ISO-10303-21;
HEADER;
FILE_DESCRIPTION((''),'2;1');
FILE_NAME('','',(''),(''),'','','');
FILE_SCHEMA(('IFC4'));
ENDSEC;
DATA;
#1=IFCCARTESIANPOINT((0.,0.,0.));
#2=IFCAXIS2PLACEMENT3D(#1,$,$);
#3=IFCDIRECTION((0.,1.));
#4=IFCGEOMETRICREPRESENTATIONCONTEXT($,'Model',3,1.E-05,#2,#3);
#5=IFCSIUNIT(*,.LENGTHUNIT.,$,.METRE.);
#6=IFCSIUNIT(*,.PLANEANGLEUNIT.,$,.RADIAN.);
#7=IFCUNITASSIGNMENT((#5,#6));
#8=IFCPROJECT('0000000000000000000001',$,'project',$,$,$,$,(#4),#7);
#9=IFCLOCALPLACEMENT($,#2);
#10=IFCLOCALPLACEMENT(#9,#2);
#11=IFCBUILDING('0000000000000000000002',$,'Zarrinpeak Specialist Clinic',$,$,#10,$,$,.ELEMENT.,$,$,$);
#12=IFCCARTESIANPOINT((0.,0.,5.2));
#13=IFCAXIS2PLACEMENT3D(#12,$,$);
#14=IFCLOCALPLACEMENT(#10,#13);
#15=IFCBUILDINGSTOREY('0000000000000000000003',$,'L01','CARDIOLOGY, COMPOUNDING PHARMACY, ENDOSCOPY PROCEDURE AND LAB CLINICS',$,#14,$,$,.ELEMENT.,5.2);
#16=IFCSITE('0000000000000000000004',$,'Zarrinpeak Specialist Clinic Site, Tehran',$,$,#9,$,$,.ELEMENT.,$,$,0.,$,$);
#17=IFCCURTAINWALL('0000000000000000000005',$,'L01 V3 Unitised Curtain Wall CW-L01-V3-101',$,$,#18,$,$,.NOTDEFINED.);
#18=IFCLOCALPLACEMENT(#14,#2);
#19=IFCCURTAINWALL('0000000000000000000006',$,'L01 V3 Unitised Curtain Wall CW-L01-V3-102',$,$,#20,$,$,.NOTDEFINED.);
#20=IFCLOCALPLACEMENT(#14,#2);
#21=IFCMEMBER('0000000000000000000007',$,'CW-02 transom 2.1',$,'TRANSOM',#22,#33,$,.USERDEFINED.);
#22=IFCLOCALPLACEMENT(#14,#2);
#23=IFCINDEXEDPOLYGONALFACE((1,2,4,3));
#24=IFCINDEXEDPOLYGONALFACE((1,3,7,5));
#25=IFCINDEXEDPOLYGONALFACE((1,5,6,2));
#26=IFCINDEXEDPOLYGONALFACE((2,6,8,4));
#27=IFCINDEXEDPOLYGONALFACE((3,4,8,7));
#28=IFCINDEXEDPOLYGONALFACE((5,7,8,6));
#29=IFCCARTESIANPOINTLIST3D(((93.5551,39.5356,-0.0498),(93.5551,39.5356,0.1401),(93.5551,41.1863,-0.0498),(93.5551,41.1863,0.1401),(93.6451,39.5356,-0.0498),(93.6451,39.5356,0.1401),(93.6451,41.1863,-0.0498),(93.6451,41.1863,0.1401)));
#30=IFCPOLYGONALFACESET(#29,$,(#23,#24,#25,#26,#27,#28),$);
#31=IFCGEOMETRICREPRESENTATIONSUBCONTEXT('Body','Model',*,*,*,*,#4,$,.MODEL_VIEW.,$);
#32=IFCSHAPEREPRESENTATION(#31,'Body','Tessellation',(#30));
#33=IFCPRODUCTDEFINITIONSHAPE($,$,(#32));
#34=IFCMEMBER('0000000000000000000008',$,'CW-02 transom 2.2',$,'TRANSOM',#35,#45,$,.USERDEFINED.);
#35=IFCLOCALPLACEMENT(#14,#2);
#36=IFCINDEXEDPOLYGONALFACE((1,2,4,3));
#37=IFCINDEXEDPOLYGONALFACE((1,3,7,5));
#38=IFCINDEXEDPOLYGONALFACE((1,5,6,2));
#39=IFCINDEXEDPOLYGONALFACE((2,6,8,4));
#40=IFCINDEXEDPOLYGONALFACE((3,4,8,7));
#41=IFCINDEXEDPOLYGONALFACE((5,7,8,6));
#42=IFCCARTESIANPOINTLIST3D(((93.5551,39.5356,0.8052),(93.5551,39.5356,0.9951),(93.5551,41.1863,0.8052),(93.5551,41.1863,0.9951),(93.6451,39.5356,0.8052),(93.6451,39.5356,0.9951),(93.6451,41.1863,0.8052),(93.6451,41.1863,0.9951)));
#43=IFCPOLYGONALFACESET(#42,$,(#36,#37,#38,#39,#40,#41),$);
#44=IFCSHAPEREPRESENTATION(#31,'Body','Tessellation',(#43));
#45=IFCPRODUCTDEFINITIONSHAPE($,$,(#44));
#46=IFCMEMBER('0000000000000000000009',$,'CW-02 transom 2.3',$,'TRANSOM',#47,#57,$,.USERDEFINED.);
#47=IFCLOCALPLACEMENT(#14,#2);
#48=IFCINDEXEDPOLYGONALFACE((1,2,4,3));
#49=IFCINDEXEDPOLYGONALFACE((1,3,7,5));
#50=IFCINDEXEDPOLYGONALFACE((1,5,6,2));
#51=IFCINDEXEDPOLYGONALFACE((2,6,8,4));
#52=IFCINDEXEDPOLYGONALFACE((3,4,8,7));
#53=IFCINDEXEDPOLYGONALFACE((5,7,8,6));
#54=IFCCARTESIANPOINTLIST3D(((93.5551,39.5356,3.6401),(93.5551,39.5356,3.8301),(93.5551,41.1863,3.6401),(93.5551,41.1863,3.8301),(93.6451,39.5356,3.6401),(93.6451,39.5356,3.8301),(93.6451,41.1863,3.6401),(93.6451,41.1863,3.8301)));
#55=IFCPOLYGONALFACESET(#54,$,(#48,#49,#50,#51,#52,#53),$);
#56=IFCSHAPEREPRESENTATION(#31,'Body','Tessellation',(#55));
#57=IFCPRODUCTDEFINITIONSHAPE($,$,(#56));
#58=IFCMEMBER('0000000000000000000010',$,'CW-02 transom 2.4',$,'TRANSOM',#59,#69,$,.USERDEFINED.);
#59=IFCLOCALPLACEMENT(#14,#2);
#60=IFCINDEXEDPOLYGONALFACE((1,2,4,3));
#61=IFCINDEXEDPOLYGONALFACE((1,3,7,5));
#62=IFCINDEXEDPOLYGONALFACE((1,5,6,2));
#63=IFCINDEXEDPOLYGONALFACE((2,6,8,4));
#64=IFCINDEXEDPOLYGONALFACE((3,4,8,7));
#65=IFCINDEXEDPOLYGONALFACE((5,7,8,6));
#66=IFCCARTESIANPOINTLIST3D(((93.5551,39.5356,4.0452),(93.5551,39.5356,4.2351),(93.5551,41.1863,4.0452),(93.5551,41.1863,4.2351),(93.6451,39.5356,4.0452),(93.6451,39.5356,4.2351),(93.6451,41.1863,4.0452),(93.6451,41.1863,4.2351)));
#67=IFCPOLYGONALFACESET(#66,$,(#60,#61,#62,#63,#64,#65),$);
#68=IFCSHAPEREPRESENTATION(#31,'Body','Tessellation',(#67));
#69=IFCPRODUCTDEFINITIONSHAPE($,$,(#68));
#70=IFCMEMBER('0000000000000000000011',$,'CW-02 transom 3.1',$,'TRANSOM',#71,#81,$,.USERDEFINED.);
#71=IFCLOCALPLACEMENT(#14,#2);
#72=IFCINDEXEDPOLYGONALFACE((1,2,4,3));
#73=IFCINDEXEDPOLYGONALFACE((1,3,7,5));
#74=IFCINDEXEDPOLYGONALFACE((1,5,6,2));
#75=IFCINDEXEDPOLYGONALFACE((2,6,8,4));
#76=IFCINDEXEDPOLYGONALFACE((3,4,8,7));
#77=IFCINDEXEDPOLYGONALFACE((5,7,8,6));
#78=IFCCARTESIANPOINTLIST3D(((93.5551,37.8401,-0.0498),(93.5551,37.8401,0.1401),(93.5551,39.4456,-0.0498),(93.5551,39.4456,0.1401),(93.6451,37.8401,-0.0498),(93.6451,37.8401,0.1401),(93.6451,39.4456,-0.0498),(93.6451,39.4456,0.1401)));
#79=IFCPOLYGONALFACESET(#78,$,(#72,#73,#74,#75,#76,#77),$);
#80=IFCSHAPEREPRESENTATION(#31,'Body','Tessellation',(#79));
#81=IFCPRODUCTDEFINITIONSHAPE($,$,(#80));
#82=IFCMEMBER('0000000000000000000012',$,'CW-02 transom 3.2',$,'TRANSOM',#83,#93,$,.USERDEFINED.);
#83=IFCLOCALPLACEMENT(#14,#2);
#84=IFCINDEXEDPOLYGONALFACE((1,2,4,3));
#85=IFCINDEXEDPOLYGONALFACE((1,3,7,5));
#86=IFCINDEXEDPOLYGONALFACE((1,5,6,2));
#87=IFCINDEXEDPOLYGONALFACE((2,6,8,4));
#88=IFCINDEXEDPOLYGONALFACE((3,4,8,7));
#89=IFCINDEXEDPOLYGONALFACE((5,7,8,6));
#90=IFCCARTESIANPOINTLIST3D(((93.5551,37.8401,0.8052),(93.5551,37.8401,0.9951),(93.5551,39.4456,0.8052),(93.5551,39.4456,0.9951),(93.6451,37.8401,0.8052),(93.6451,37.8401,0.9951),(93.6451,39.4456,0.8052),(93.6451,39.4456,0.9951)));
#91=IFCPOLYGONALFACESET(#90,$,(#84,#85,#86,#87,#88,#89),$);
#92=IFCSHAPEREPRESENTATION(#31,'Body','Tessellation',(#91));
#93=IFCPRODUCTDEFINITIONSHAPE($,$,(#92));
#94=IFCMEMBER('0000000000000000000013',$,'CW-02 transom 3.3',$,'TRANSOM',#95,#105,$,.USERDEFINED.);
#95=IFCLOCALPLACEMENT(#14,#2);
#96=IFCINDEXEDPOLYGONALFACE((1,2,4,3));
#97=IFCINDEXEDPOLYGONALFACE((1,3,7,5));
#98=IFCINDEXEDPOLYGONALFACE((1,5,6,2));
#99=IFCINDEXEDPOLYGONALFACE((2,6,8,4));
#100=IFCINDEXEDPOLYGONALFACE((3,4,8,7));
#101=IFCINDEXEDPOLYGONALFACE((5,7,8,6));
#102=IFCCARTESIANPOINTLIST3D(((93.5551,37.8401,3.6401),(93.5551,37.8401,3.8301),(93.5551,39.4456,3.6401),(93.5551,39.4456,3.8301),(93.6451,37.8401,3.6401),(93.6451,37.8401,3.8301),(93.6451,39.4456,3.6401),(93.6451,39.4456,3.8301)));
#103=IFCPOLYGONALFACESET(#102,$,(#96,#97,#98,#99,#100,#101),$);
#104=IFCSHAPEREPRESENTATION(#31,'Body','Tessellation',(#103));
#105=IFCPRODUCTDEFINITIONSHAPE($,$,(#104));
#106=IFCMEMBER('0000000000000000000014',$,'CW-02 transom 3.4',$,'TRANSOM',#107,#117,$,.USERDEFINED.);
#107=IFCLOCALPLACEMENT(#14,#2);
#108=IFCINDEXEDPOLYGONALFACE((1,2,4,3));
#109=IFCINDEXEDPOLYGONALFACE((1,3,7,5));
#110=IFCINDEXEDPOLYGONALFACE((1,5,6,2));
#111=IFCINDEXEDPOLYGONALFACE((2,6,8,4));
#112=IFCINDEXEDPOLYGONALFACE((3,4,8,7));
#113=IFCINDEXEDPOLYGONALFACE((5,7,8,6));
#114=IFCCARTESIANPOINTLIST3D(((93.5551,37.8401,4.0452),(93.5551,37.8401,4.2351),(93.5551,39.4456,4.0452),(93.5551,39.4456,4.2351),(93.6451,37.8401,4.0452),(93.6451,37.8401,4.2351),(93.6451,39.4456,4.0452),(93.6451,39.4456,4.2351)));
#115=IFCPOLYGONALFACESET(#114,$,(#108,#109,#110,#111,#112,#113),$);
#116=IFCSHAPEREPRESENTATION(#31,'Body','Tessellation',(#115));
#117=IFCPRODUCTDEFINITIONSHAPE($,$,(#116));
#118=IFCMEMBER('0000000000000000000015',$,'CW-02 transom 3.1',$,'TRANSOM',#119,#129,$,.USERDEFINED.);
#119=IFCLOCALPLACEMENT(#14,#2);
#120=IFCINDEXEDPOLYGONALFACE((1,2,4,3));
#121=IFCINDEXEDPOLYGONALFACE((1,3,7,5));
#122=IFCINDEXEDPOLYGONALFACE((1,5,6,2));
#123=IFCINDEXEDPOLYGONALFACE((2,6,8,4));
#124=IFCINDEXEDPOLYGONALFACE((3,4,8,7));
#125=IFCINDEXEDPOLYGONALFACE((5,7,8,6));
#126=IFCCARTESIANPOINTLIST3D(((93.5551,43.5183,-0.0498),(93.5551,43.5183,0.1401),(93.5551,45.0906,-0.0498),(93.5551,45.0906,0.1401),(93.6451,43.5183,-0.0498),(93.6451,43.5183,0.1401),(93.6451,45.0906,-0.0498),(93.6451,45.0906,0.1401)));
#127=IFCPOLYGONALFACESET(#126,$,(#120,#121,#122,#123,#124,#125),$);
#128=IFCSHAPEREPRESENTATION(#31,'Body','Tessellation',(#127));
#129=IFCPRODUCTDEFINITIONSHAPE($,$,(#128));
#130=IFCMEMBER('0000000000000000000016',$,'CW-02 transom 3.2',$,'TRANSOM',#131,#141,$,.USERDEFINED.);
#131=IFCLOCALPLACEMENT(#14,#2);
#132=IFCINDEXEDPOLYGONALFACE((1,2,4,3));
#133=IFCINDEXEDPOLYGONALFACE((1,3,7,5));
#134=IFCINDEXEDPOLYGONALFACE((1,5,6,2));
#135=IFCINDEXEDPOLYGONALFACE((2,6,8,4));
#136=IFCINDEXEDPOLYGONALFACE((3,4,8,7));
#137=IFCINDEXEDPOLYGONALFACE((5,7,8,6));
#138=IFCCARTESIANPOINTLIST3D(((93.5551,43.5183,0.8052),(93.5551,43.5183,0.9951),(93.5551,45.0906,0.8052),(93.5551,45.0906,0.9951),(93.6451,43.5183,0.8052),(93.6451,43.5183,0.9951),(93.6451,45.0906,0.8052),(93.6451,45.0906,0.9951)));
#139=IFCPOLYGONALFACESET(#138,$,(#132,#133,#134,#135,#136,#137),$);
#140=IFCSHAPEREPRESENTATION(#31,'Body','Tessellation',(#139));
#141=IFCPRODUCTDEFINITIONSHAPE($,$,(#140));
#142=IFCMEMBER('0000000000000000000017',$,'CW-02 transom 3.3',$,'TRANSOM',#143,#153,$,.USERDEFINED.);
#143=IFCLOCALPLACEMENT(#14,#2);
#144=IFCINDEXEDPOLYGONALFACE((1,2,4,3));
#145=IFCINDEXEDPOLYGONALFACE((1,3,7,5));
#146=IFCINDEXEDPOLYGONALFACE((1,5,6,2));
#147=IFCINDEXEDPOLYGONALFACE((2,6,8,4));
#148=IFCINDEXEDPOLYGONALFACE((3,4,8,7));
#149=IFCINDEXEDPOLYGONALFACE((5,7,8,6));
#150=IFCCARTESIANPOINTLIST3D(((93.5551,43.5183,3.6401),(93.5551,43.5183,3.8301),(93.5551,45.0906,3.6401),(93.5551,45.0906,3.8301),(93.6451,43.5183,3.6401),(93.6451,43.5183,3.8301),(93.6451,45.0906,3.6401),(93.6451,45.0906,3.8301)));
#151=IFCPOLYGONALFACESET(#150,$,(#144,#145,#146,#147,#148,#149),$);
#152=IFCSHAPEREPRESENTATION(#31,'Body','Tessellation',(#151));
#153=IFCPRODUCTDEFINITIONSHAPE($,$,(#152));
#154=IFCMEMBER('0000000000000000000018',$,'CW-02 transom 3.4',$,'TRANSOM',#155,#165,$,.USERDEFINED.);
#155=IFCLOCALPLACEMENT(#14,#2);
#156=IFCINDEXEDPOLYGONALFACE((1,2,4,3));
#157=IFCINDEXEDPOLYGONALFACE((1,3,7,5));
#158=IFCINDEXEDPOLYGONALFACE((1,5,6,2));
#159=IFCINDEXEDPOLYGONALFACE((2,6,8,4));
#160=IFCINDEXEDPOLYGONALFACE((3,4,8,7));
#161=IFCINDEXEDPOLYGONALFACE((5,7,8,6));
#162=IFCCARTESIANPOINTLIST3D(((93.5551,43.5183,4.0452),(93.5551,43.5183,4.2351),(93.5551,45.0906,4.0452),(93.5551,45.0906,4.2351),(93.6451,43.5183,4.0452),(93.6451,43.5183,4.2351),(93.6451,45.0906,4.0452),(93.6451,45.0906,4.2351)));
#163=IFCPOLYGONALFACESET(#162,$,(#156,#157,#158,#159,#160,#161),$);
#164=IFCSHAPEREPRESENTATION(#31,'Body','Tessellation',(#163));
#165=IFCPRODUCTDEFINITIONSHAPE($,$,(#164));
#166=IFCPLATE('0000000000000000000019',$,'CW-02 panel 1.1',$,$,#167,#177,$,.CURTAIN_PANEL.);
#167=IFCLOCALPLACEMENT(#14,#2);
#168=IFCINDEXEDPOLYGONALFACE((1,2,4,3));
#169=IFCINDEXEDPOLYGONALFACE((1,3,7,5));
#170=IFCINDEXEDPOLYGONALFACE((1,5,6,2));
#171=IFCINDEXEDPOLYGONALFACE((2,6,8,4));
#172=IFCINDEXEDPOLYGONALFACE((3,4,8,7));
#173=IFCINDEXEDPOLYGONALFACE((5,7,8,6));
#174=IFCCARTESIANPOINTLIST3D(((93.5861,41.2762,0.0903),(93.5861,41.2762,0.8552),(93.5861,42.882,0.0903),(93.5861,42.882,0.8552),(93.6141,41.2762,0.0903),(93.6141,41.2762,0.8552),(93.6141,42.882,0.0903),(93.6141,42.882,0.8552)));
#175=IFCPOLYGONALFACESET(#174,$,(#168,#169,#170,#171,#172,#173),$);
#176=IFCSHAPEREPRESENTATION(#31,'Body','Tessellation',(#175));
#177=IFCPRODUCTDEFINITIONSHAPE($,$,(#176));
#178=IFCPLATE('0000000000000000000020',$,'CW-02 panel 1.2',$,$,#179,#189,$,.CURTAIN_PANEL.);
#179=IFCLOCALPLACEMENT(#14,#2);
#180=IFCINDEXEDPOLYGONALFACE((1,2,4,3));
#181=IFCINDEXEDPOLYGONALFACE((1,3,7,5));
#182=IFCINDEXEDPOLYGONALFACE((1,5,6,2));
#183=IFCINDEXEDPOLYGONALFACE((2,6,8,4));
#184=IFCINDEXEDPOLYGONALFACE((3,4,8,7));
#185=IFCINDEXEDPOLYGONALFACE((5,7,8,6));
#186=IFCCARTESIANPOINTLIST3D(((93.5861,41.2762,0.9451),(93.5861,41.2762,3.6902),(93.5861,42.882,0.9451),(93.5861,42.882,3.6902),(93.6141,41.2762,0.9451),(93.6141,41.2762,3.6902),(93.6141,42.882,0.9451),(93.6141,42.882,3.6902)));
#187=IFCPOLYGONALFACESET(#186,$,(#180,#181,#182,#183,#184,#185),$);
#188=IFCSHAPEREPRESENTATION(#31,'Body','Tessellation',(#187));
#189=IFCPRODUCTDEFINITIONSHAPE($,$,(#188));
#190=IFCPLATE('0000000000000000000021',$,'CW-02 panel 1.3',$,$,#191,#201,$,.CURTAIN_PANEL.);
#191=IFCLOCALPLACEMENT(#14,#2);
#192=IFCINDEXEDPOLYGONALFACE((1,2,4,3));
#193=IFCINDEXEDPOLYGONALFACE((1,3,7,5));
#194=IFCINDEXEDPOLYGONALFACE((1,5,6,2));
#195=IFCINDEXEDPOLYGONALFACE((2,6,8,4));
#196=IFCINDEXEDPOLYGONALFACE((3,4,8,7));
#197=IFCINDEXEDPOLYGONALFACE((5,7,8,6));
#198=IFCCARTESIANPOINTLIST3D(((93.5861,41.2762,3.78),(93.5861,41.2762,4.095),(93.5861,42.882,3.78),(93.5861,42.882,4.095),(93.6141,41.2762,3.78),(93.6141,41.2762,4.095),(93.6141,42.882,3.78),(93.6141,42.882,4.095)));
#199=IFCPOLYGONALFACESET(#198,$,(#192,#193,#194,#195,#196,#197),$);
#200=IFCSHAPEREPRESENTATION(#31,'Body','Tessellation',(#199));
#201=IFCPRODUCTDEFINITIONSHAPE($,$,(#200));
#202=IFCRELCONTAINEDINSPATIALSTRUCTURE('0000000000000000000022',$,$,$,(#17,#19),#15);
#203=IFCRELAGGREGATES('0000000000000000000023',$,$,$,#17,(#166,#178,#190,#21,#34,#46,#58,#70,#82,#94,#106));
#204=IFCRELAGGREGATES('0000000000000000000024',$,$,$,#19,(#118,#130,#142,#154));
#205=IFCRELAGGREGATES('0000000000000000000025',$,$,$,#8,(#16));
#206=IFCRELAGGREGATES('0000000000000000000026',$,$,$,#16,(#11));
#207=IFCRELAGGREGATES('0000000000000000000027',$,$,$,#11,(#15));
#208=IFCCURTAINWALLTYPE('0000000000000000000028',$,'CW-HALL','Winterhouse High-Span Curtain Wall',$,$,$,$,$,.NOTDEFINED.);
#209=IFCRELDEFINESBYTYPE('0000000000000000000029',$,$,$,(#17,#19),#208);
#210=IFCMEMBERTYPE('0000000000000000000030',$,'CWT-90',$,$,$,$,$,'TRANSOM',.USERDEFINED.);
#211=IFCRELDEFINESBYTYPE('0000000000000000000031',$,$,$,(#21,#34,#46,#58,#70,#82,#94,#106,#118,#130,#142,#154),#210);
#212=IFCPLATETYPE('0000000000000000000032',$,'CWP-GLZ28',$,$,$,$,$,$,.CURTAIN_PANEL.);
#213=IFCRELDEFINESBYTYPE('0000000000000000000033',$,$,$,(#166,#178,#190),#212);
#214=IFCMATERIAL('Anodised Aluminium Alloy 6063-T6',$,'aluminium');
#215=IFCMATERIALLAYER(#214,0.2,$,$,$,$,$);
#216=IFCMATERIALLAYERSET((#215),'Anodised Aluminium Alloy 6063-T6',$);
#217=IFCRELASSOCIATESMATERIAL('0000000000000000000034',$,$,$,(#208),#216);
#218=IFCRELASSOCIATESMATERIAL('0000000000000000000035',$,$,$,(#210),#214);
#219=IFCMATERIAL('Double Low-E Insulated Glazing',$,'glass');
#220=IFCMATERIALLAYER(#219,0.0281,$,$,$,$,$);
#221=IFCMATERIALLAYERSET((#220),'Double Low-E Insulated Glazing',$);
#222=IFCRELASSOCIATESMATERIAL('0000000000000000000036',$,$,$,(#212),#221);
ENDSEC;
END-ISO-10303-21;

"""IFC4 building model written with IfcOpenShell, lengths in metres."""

from ifc_helpers import new_model, si_unit, direction, frame, origin, origin_2d, place, context, subcontext, project, spatial, rectangle, extrude, material, layer, layer_set, material_profile, profile_set, type_object, element, aggregate, save


model = new_model("IFC4")

# Units and contexts
model_context = context("Model", 3, precision=1e-05, world=origin(), true_north=direction((0.0, 1.0)))
body_context = subcontext(model_context, "Body", "Model", "MODEL_VIEW")
ifc_project = project(units=[si_unit("LENGTHUNIT", "METRE"), si_unit("PLANEANGLEUNIT", "RADIAN")], contexts=[model_context])

# Site, building, storey
site_placement = place(None, origin())
site = spatial("IfcSite", under=ifc_project, at=site_placement, Name="Zarrinpeak Specialist Clinic Site, Tehran", CompositionType="ELEMENT", RefElevation=0.0)
building_placement = place(site_placement, origin())
building = spatial("IfcBuilding", under=site, at=building_placement, Name="Zarrinpeak Specialist Clinic", CompositionType="ELEMENT")
storey_placement = place(building_placement, frame((0.0, 0.0, 5.2)))
storey = spatial("IfcBuildingStorey", under=building, at=storey_placement, Name="L01", Description="CARDIOLOGY, COMPOUNDING PHARMACY, ENDOSCOPY PROCEDURE AND LAB CLINICS", CompositionType="ELEMENT", Elevation=5.2)

# Curtain walls
ifc_material_1 = material(Name="Anodised Aluminium Alloy 6063-T6", Category="aluminium")
ifc_layer_1 = layer(ifc_material_1, 0.2)
ifc_layer_set_1 = layer_set([ifc_layer_1], Name="Anodised Aluminium Alloy 6063-T6")
curtain_wall_type = type_object("IfcCurtainWallType", Name="CW-HALL", Description="Winterhouse High-Span Curtain Wall", PredefinedType="NOTDEFINED", material=ifc_layer_set_1)
curtain_wall_1_placement = place(storey_placement, origin())
curtain_wall_1 = element("IfcCurtainWall", 1, at=curtain_wall_1_placement, inside=storey, type_object=curtain_wall_type, Name="L01 V3 Unitised Curtain Wall CW-L01-V3-101", PredefinedType="NOTDEFINED")
curtain_wall_2_placement = place(storey_placement, origin())
curtain_wall_2 = element("IfcCurtainWall", 2, at=curtain_wall_2_placement, inside=storey, type_object=curtain_wall_type, Name="L01 V3 Unitised Curtain Wall CW-L01-V3-102", PredefinedType="NOTDEFINED")

# Members
ifc_material_profile_1 = material_profile(ifc_material_1, rectangle(XDim=0.0901, YDim=0.1899, at=origin_2d()), Name="ALU 90x190")
ifc_profile_set_1 = profile_set([ifc_material_profile_1], Name="Anodised Aluminium Alloy 6063-T6")
member_type_1 = type_object("IfcMemberType", Name="CWT-90", ElementType="TRANSOM", PredefinedType="USERDEFINED", material=ifc_profile_set_1)
member_1_placement = place(storey_placement, frame((93.6001, 41.1863, 0.0452), z_axis=(0.0, -1.0, 0.0), x_axis=(1.0, 0.0, 0.0)))
member_1 = element("IfcMember", 3, at=member_1_placement, type_object=member_type_1, Name="CW-02 transom 2.1", ObjectType="TRANSOM", PredefinedType="USERDEFINED", context=body_context, shape_type="SweptSolid", body=[
    extrude(rectangle(XDim=0.0901, YDim=0.1899, at=origin_2d()), origin(), (0.0, 0.0, 1.0), 1.6506),
])
member_2_placement = place(storey_placement, frame((93.6001, 41.1863, 0.9001), z_axis=(0.0, -1.0, 0.0), x_axis=(1.0, 0.0, 0.0)))
member_2 = element("IfcMember", 4, at=member_2_placement, type_object=member_type_1, Name="CW-02 transom 2.2", ObjectType="TRANSOM", PredefinedType="USERDEFINED", context=body_context, shape_type="SweptSolid", body=[
    extrude(rectangle(XDim=0.0901, YDim=0.1899, at=origin_2d()), origin(), (0.0, 0.0, 1.0), 1.6506),
])
member_3_placement = place(storey_placement, frame((93.6001, 41.1863, 3.7351), z_axis=(0.0, -1.0, 0.0), x_axis=(1.0, 0.0, 0.0)))
member_3 = element("IfcMember", 5, at=member_3_placement, type_object=member_type_1, Name="CW-02 transom 2.3", ObjectType="TRANSOM", PredefinedType="USERDEFINED", context=body_context, shape_type="SweptSolid", body=[
    extrude(rectangle(XDim=0.0901, YDim=0.1899, at=origin_2d()), origin(), (0.0, 0.0, 1.0), 1.6506),
])
member_4_placement = place(storey_placement, frame((93.6001, 41.1863, 4.1401), z_axis=(0.0, -1.0, 0.0), x_axis=(1.0, 0.0, 0.0)))
member_4 = element("IfcMember", 6, at=member_4_placement, type_object=member_type_1, Name="CW-02 transom 2.4", ObjectType="TRANSOM", PredefinedType="USERDEFINED", context=body_context, shape_type="SweptSolid", body=[
    extrude(rectangle(XDim=0.0901, YDim=0.1899, at=origin_2d()), origin(), (0.0, 0.0, 1.0), 1.6506),
])
member_5_placement = place(storey_placement, frame((93.6001, 39.4456, 0.0452), z_axis=(0.0, -1.0, 0.0), x_axis=(1.0, 0.0, 0.0)))
member_5 = element("IfcMember", 7, at=member_5_placement, type_object=member_type_1, Name="CW-02 transom 3.1", ObjectType="TRANSOM", PredefinedType="USERDEFINED", context=body_context, shape_type="SweptSolid", body=[
    extrude(rectangle(XDim=0.0901, YDim=0.1899, at=origin_2d()), origin(), (0.0, 0.0, 1.0), 1.6055),
])
member_6_placement = place(storey_placement, frame((93.6001, 39.4456, 0.9001), z_axis=(0.0, -1.0, 0.0), x_axis=(1.0, 0.0, 0.0)))
member_6 = element("IfcMember", 8, at=member_6_placement, type_object=member_type_1, Name="CW-02 transom 3.2", ObjectType="TRANSOM", PredefinedType="USERDEFINED", context=body_context, shape_type="SweptSolid", body=[
    extrude(rectangle(XDim=0.0901, YDim=0.1899, at=origin_2d()), origin(), (0.0, 0.0, 1.0), 1.6055),
])
member_7_placement = place(storey_placement, frame((93.6001, 39.4456, 3.7351), z_axis=(0.0, -1.0, 0.0), x_axis=(1.0, 0.0, 0.0)))
member_7 = element("IfcMember", 9, at=member_7_placement, type_object=member_type_1, Name="CW-02 transom 3.3", ObjectType="TRANSOM", PredefinedType="USERDEFINED", context=body_context, shape_type="SweptSolid", body=[
    extrude(rectangle(XDim=0.0901, YDim=0.1899, at=origin_2d()), origin(), (0.0, 0.0, 1.0), 1.6055),
])
member_8_placement = place(storey_placement, frame((93.6001, 39.4456, 4.1401), z_axis=(0.0, -1.0, 0.0), x_axis=(1.0, 0.0, 0.0)))
member_8 = element("IfcMember", 10, at=member_8_placement, type_object=member_type_1, Name="CW-02 transom 3.4", ObjectType="TRANSOM", PredefinedType="USERDEFINED", context=body_context, shape_type="SweptSolid", body=[
    extrude(rectangle(XDim=0.0901, YDim=0.1899, at=origin_2d()), origin(), (0.0, 0.0, 1.0), 1.6055),
])
member_9_placement = place(storey_placement, frame((93.6001, 45.0906, 0.0452), z_axis=(0.0, -1.0, 0.0), x_axis=(1.0, 0.0, 0.0)))
member_9 = element("IfcMember", 11, at=member_9_placement, type_object=member_type_1, Name="CW-02 transom 3.1", ObjectType="TRANSOM", PredefinedType="USERDEFINED", context=body_context, shape_type="SweptSolid", body=[
    extrude(rectangle(XDim=0.0901, YDim=0.1899, at=origin_2d()), origin(), (0.0, 0.0, 1.0), 1.5723),
])
member_10_placement = place(storey_placement, frame((93.6001, 45.0906, 0.9001), z_axis=(0.0, -1.0, 0.0), x_axis=(1.0, 0.0, 0.0)))
member_10 = element("IfcMember", 12, at=member_10_placement, type_object=member_type_1, Name="CW-02 transom 3.2", ObjectType="TRANSOM", PredefinedType="USERDEFINED", context=body_context, shape_type="SweptSolid", body=[
    extrude(rectangle(XDim=0.0901, YDim=0.1899, at=origin_2d()), origin(), (0.0, 0.0, 1.0), 1.5723),
])
member_11_placement = place(storey_placement, frame((93.6001, 45.0906, 3.7351), z_axis=(0.0, -1.0, 0.0), x_axis=(1.0, 0.0, 0.0)))
member_11 = element("IfcMember", 13, at=member_11_placement, type_object=member_type_1, Name="CW-02 transom 3.3", ObjectType="TRANSOM", PredefinedType="USERDEFINED", context=body_context, shape_type="SweptSolid", body=[
    extrude(rectangle(XDim=0.0901, YDim=0.1899, at=origin_2d()), origin(), (0.0, 0.0, 1.0), 1.5723),
])
member_12_placement = place(storey_placement, frame((93.6001, 45.0906, 4.1401), z_axis=(0.0, -1.0, 0.0), x_axis=(1.0, 0.0, 0.0)))
member_12 = element("IfcMember", 14, at=member_12_placement, type_object=member_type_1, Name="CW-02 transom 3.4", ObjectType="TRANSOM", PredefinedType="USERDEFINED", context=body_context, shape_type="SweptSolid", body=[
    extrude(rectangle(XDim=0.0901, YDim=0.1899, at=origin_2d()), origin(), (0.0, 0.0, 1.0), 1.5723),
])

# Plates
ifc_material_2 = material(Name="Double Low-E Insulated Glazing", Category="glass")
ifc_layer_2 = layer(ifc_material_2, 0.0281)
ifc_layer_set_2 = layer_set([ifc_layer_2], Name="Double Low-E Insulated Glazing")
plate_type_1 = type_object("IfcPlateType", Name="CWP-GLZ28", PredefinedType="CURTAIN_PANEL", material=ifc_layer_set_2)
plate_1_placement = place(storey_placement, frame((93.6001, 42.0791, 0.0903), z_axis=(0.0, 0.0, 1.0), x_axis=(0.0, -1.0, 0.0)))
plate_1 = element("IfcPlate", 15, at=plate_1_placement, type_object=plate_type_1, Name="CW-02 panel 1.1", PredefinedType="CURTAIN_PANEL", context=body_context, shape_type="SweptSolid", body=[
    extrude(rectangle(XDim=1.6057, YDim=0.0281, at=origin_2d()), origin(), (0.0, 0.0, 1.0), 0.7649),
])
plate_2_placement = place(storey_placement, frame((93.6001, 42.0791, 0.9451), z_axis=(0.0, 0.0, 1.0), x_axis=(0.0, -1.0, 0.0)))
plate_2 = element("IfcPlate", 16, at=plate_2_placement, type_object=plate_type_1, Name="CW-02 panel 1.2", PredefinedType="CURTAIN_PANEL", context=body_context, shape_type="SweptSolid", body=[
    extrude(rectangle(XDim=1.6057, YDim=0.0281, at=origin_2d()), origin(), (0.0, 0.0, 1.0), 2.7451),
])
plate_3_placement = place(storey_placement, frame((93.6001, 42.0791, 3.78), z_axis=(0.0, 0.0, 1.0), x_axis=(0.0, -1.0, 0.0)))
plate_3 = element("IfcPlate", 17, at=plate_3_placement, type_object=plate_type_1, Name="CW-02 panel 1.3", PredefinedType="CURTAIN_PANEL", context=body_context, shape_type="SweptSolid", body=[
    extrude(rectangle(XDim=1.6057, YDim=0.0281, at=origin_2d()), origin(), (0.0, 0.0, 1.0), 0.3149),
])
aggregate(curtain_wall_1, [plate_1, plate_2, plate_3, member_1, member_2, member_3, member_4, member_5, member_6, member_7, member_8])
aggregate(curtain_wall_2, [member_9, member_10, member_11, member_12])

save(model, "model.ifc")
